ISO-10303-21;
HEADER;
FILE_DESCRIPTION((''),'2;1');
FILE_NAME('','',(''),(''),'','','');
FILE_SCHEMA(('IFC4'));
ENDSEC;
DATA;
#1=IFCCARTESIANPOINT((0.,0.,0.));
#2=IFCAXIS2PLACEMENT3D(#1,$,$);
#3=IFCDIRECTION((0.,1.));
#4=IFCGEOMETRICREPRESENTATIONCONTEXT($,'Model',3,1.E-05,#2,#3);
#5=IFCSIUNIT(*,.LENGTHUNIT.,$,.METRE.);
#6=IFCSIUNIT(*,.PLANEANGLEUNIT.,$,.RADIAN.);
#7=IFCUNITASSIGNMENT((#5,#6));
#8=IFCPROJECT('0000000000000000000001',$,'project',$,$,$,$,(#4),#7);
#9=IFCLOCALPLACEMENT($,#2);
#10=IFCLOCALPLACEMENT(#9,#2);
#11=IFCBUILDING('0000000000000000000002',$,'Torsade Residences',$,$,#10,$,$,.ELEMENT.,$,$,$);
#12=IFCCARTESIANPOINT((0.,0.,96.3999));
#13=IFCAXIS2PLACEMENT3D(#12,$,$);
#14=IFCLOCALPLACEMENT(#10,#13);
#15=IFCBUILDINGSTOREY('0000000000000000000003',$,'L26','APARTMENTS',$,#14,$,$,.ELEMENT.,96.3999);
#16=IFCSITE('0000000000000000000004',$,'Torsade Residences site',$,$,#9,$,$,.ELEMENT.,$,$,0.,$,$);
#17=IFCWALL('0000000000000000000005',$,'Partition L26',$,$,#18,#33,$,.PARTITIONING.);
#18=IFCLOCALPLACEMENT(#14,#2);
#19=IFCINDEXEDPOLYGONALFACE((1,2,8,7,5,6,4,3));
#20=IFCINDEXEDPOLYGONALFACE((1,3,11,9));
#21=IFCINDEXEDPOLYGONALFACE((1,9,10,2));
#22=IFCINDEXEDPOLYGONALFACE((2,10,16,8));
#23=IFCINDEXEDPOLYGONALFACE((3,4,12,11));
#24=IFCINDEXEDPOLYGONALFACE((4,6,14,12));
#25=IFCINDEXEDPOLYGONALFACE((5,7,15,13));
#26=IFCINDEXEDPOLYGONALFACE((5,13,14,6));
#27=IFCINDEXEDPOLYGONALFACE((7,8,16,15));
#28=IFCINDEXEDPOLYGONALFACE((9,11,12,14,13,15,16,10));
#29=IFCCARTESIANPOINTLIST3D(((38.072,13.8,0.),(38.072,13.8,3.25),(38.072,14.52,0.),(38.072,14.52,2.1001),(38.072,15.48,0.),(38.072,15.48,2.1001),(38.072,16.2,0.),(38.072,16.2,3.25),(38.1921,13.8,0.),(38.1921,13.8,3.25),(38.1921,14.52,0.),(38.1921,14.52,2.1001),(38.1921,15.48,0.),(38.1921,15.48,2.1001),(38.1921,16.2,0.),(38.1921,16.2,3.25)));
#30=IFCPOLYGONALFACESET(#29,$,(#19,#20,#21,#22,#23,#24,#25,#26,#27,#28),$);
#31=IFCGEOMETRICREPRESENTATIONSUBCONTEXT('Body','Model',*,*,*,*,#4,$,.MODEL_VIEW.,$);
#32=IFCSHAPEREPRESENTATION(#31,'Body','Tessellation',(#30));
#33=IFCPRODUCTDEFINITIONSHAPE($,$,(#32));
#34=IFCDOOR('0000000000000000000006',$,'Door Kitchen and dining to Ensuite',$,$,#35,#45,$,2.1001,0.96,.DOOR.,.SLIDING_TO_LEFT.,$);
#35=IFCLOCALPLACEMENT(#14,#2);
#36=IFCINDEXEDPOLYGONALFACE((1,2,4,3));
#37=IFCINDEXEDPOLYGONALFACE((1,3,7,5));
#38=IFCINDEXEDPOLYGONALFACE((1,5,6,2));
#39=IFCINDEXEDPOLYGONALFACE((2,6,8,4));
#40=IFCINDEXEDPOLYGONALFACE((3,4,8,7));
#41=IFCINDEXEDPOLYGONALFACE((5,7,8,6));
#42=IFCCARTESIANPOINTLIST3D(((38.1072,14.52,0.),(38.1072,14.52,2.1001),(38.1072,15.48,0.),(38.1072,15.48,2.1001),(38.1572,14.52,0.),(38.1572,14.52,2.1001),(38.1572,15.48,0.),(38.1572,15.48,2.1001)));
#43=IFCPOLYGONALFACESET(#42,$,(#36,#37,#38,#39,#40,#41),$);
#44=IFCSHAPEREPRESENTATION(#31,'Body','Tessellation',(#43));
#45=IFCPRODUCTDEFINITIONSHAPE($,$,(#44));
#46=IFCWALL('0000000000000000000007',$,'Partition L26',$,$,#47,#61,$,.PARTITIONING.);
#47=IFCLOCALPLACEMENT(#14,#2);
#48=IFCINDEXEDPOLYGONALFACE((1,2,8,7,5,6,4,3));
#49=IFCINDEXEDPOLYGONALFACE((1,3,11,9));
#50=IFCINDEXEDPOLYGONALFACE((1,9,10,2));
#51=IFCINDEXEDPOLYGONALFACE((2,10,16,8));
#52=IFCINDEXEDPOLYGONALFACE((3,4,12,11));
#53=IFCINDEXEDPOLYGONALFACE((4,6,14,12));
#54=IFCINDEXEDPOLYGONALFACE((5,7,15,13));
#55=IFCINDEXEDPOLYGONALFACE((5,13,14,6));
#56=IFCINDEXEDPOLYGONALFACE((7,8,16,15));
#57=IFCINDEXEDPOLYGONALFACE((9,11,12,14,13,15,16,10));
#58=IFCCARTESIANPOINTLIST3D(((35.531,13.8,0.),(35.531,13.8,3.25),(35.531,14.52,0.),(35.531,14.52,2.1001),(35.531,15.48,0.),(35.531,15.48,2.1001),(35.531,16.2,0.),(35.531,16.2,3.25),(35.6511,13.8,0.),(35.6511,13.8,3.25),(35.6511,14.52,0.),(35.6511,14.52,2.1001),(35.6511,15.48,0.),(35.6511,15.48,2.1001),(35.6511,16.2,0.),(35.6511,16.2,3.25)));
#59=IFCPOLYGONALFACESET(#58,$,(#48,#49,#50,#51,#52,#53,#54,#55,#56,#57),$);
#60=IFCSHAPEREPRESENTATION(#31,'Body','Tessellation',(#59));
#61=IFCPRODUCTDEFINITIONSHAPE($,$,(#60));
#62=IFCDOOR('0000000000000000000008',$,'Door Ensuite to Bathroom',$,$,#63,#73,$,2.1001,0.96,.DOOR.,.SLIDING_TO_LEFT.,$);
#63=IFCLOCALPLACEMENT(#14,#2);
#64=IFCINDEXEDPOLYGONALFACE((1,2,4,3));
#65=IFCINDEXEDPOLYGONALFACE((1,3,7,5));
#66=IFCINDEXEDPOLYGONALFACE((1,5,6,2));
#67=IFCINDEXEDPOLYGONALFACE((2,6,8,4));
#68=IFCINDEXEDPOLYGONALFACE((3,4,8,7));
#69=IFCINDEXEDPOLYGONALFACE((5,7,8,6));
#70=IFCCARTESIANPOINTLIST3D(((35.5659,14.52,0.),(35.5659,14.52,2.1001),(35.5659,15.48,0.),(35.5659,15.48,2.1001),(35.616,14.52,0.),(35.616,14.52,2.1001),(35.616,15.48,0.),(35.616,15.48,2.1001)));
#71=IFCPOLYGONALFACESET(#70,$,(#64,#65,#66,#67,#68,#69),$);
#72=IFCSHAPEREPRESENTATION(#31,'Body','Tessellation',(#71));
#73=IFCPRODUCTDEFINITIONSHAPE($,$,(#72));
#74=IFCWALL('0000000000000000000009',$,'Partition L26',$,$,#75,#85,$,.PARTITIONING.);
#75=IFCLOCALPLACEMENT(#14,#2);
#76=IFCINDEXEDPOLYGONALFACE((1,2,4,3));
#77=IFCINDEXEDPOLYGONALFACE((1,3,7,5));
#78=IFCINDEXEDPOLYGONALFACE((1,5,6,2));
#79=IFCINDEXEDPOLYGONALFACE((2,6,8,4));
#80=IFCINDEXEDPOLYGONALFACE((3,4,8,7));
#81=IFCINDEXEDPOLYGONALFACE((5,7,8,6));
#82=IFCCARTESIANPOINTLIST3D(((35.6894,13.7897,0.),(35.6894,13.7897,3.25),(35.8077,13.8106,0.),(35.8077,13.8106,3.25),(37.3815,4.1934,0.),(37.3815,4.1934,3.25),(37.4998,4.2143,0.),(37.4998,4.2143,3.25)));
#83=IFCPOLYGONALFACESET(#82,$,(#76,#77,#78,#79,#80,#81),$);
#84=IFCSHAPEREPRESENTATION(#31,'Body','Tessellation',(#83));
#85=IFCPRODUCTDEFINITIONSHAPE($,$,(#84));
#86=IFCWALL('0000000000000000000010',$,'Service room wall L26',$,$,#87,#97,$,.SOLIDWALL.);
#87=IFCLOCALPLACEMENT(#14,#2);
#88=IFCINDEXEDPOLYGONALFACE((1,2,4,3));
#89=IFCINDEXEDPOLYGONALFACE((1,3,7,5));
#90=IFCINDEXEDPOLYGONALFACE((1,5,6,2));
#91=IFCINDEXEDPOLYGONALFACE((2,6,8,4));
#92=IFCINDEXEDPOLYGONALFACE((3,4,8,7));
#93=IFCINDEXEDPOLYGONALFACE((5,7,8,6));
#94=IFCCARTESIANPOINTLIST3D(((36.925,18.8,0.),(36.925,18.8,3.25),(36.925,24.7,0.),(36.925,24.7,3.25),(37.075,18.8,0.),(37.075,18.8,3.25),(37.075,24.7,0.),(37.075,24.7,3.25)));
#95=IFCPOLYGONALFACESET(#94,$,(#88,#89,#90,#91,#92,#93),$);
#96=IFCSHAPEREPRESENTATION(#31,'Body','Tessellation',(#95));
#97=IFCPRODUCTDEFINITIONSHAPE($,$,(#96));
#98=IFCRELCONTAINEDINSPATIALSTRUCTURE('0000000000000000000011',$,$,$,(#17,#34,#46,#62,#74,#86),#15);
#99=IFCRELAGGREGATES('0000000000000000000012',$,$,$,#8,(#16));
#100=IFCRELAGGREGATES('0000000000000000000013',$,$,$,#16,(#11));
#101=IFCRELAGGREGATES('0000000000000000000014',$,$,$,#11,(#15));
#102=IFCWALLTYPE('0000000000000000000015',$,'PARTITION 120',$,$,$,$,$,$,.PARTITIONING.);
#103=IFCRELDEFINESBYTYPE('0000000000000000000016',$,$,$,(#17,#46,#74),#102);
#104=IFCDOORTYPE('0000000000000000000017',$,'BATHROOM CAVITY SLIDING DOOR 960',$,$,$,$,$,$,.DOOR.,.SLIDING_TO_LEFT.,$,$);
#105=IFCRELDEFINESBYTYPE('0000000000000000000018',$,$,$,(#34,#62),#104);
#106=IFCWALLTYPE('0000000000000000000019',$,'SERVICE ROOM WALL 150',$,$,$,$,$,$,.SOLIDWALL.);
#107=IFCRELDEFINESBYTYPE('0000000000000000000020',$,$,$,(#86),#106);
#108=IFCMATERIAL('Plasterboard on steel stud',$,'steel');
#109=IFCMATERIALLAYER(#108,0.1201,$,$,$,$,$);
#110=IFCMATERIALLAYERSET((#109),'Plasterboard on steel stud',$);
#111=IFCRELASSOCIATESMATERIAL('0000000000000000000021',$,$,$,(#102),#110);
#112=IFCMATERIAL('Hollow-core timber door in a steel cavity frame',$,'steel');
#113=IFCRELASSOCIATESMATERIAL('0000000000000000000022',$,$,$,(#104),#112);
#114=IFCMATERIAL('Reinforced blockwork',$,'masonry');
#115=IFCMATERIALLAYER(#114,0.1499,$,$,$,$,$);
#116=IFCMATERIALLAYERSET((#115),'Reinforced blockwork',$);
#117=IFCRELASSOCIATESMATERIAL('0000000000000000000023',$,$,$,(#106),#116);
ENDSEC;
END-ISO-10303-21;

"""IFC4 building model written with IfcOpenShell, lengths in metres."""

from ifc_helpers import new_model, si_unit, direction, frame, frame_2d, origin, place, context, subcontext, project, spatial, rectangle, extrude, material, layer, layer_set, type_object, element, fill, save


model = new_model("IFC4")

# Units and contexts
model_context = context("Model", 3, precision=1e-05, world=origin(), true_north=direction((0.0, 1.0)))
body_context = subcontext(model_context, "Body", "Model", "MODEL_VIEW")
ifc_project = project(units=[si_unit("LENGTHUNIT", "METRE"), si_unit("PLANEANGLEUNIT", "RADIAN")], contexts=[model_context])

# Site, building, storey
site_placement = place(None, origin())
site = spatial("IfcSite", under=ifc_project, at=site_placement, Name="Torsade Residences site", CompositionType="ELEMENT", RefElevation=0.0)
building_placement = place(site_placement, origin())
building = spatial("IfcBuilding", under=site, at=building_placement, Name="Torsade Residences", CompositionType="ELEMENT")
storey_placement = place(building_placement, frame((0.0, 0.0, 96.3999)))
storey = spatial("IfcBuildingStorey", under=building, at=storey_placement, Name="L26", Description="APARTMENTS", CompositionType="ELEMENT", Elevation=96.3999)

# Walls, openings, doors
ifc_material_1 = material(Name="Plasterboard on steel stud", Category="steel")
ifc_layer_1 = layer(ifc_material_1, 0.1201)
ifc_layer_set_1 = layer_set([ifc_layer_1], Name="Plasterboard on steel stud")
wall_type_1 = type_object("IfcWallType", Name="PARTITION 120", PredefinedType="PARTITIONING", material=ifc_layer_set_1)
ifc_material_2 = material(Name="Hollow-core timber door in a steel cavity frame", Category="steel")
door_type_1 = type_object("IfcDoorType", Name="BATHROOM CAVITY SLIDING DOOR 960", OperationType="SLIDING_TO_LEFT", PredefinedType="DOOR", material=ifc_material_2)
wall_1_placement = place(storey_placement, frame((38.1321, 13.8, 0.0), z_axis=(0.0, 0.0, 1.0), x_axis=(0.0, 1.0, 0.0)))
wall_1 = element("IfcWall", 1, at=wall_1_placement, inside=storey, type_object=wall_type_1, Name="Partition L26", PredefinedType="PARTITIONING", context=body_context, shape_type="SweptSolid", body=[
    extrude(rectangle(XDim=2.3999, YDim=0.1201, at=frame_2d((1.2, 0.0))), origin(), (0.0, 0.0, 1.0), 3.25),
])
opening_1_placement = place(wall_1_placement, frame((0.72, 0.0, 0.0)))
opening_1 = element("IfcOpeningElement", 2, at=opening_1_placement, cuts=wall_1, PredefinedType="OPENING", context=body_context, shape_type="SweptSolid", body=[
    extrude(rectangle(XDim=0.96, YDim=2.1001, at=frame_2d((0.48, 1.05))), frame((0.0, 0.0701, 0.0), z_axis=(0.0, -1.0, 0.0), x_axis=(1.0, 0.0, 0.0)), (0.0, 0.0, 1.0), 0.1401),
])
door_1_placement = place(opening_1_placement, origin())
door_1 = element("IfcDoor", 3, at=door_1_placement, inside=storey, type_object=door_type_1, Name="Door Kitchen and dining to Ensuite", OperationType="SLIDING_TO_LEFT", OverallHeight=2.1001, OverallWidth=0.96, PredefinedType="DOOR", context=body_context, shape_type="SweptSolid", body=[
    extrude(rectangle(XDim=0.96, YDim=2.1001, at=frame_2d((0.48, 1.05))), frame((0.0, 0.0249, 0.0), z_axis=(0.0, -1.0, 0.0), x_axis=(1.0, 0.0, 0.0)), (0.0, 0.0, 1.0), 0.05),
])
fill(opening_1, door_1)
wall_2_placement = place(storey_placement, frame((35.5911, 16.2, 0.0), z_axis=(0.0, 0.0, 1.0), x_axis=(0.0, -1.0, 0.0)))
wall_2 = element("IfcWall", 4, at=wall_2_placement, inside=storey, type_object=wall_type_1, Name="Partition L26", PredefinedType="PARTITIONING", context=body_context, shape_type="SweptSolid", body=[
    extrude(rectangle(XDim=2.3999, YDim=0.1201, at=frame_2d((1.2, 0.0))), origin(), (0.0, 0.0, 1.0), 3.25),
])
opening_2_placement = place(wall_2_placement, frame((0.72, 0.0, 0.0)))
opening_2 = element("IfcOpeningElement", 5, at=opening_2_placement, cuts=wall_2, PredefinedType="OPENING", context=body_context, shape_type="SweptSolid", body=[
    extrude(rectangle(XDim=0.96, YDim=2.1001, at=frame_2d((0.48, 1.05))), frame((0.0, 0.0701, 0.0), z_axis=(0.0, -1.0, 0.0), x_axis=(1.0, 0.0, 0.0)), (0.0, 0.0, 1.0), 0.1401),
])
door_2_placement = place(opening_2_placement, origin())
door_2 = element("IfcDoor", 6, at=door_2_placement, inside=storey, type_object=door_type_1, Name="Door Ensuite to Bathroom", OperationType="SLIDING_TO_LEFT", OverallHeight=2.1001, OverallWidth=0.96, PredefinedType="DOOR", context=body_context, shape_type="SweptSolid", body=[
    extrude(rectangle(XDim=0.96, YDim=2.1001, at=frame_2d((0.48, 1.05))), frame((0.0, 0.0249, 0.0), z_axis=(0.0, -1.0, 0.0), x_axis=(1.0, 0.0, 0.0)), (0.0, 0.0, 1.0), 0.05),
])
fill(opening_2, door_2)

# Walls
wall_3_placement = place(storey_placement, frame((35.7485, 13.8, 0.0), z_axis=(0.0, 0.0, 1.0), x_axis=(0.173651, -0.984807, 0.0)))
element("IfcWall", 7, at=wall_3_placement, inside=storey, type_object=wall_type_1, Name="Partition L26", PredefinedType="PARTITIONING", context=body_context, shape_type="SweptSolid", body=[
    extrude(rectangle(XDim=9.7444, YDim=0.1201, at=frame_2d((4.8721, 0.0))), origin(), (0.0, 0.0, 1.0), 3.25),
])
ifc_material_3 = material(Name="Reinforced blockwork", Category="masonry")
ifc_layer_2 = layer(ifc_material_3, 0.1499)
ifc_layer_set_2 = layer_set([ifc_layer_2], Name="Reinforced blockwork")
wall_type_2 = type_object("IfcWallType", Name="SERVICE ROOM WALL 150", PredefinedType="SOLIDWALL", material=ifc_layer_set_2)
wall_4_placement = place(storey_placement, frame((37.0, 18.8, 0.0), z_axis=(0.0, 0.0, 1.0), x_axis=(0.0, 1.0, 0.0)))
element("IfcWall", 8, at=wall_4_placement, inside=storey, type_object=wall_type_2, Name="Service room wall L26", PredefinedType="SOLIDWALL", context=body_context, shape_type="SweptSolid", body=[
    extrude(rectangle(XDim=5.8999, YDim=0.1499, at=frame_2d((2.95, 0.0))), origin(), (0.0, 0.0, 1.0), 3.25),
])

save(model, "model.ifc")
